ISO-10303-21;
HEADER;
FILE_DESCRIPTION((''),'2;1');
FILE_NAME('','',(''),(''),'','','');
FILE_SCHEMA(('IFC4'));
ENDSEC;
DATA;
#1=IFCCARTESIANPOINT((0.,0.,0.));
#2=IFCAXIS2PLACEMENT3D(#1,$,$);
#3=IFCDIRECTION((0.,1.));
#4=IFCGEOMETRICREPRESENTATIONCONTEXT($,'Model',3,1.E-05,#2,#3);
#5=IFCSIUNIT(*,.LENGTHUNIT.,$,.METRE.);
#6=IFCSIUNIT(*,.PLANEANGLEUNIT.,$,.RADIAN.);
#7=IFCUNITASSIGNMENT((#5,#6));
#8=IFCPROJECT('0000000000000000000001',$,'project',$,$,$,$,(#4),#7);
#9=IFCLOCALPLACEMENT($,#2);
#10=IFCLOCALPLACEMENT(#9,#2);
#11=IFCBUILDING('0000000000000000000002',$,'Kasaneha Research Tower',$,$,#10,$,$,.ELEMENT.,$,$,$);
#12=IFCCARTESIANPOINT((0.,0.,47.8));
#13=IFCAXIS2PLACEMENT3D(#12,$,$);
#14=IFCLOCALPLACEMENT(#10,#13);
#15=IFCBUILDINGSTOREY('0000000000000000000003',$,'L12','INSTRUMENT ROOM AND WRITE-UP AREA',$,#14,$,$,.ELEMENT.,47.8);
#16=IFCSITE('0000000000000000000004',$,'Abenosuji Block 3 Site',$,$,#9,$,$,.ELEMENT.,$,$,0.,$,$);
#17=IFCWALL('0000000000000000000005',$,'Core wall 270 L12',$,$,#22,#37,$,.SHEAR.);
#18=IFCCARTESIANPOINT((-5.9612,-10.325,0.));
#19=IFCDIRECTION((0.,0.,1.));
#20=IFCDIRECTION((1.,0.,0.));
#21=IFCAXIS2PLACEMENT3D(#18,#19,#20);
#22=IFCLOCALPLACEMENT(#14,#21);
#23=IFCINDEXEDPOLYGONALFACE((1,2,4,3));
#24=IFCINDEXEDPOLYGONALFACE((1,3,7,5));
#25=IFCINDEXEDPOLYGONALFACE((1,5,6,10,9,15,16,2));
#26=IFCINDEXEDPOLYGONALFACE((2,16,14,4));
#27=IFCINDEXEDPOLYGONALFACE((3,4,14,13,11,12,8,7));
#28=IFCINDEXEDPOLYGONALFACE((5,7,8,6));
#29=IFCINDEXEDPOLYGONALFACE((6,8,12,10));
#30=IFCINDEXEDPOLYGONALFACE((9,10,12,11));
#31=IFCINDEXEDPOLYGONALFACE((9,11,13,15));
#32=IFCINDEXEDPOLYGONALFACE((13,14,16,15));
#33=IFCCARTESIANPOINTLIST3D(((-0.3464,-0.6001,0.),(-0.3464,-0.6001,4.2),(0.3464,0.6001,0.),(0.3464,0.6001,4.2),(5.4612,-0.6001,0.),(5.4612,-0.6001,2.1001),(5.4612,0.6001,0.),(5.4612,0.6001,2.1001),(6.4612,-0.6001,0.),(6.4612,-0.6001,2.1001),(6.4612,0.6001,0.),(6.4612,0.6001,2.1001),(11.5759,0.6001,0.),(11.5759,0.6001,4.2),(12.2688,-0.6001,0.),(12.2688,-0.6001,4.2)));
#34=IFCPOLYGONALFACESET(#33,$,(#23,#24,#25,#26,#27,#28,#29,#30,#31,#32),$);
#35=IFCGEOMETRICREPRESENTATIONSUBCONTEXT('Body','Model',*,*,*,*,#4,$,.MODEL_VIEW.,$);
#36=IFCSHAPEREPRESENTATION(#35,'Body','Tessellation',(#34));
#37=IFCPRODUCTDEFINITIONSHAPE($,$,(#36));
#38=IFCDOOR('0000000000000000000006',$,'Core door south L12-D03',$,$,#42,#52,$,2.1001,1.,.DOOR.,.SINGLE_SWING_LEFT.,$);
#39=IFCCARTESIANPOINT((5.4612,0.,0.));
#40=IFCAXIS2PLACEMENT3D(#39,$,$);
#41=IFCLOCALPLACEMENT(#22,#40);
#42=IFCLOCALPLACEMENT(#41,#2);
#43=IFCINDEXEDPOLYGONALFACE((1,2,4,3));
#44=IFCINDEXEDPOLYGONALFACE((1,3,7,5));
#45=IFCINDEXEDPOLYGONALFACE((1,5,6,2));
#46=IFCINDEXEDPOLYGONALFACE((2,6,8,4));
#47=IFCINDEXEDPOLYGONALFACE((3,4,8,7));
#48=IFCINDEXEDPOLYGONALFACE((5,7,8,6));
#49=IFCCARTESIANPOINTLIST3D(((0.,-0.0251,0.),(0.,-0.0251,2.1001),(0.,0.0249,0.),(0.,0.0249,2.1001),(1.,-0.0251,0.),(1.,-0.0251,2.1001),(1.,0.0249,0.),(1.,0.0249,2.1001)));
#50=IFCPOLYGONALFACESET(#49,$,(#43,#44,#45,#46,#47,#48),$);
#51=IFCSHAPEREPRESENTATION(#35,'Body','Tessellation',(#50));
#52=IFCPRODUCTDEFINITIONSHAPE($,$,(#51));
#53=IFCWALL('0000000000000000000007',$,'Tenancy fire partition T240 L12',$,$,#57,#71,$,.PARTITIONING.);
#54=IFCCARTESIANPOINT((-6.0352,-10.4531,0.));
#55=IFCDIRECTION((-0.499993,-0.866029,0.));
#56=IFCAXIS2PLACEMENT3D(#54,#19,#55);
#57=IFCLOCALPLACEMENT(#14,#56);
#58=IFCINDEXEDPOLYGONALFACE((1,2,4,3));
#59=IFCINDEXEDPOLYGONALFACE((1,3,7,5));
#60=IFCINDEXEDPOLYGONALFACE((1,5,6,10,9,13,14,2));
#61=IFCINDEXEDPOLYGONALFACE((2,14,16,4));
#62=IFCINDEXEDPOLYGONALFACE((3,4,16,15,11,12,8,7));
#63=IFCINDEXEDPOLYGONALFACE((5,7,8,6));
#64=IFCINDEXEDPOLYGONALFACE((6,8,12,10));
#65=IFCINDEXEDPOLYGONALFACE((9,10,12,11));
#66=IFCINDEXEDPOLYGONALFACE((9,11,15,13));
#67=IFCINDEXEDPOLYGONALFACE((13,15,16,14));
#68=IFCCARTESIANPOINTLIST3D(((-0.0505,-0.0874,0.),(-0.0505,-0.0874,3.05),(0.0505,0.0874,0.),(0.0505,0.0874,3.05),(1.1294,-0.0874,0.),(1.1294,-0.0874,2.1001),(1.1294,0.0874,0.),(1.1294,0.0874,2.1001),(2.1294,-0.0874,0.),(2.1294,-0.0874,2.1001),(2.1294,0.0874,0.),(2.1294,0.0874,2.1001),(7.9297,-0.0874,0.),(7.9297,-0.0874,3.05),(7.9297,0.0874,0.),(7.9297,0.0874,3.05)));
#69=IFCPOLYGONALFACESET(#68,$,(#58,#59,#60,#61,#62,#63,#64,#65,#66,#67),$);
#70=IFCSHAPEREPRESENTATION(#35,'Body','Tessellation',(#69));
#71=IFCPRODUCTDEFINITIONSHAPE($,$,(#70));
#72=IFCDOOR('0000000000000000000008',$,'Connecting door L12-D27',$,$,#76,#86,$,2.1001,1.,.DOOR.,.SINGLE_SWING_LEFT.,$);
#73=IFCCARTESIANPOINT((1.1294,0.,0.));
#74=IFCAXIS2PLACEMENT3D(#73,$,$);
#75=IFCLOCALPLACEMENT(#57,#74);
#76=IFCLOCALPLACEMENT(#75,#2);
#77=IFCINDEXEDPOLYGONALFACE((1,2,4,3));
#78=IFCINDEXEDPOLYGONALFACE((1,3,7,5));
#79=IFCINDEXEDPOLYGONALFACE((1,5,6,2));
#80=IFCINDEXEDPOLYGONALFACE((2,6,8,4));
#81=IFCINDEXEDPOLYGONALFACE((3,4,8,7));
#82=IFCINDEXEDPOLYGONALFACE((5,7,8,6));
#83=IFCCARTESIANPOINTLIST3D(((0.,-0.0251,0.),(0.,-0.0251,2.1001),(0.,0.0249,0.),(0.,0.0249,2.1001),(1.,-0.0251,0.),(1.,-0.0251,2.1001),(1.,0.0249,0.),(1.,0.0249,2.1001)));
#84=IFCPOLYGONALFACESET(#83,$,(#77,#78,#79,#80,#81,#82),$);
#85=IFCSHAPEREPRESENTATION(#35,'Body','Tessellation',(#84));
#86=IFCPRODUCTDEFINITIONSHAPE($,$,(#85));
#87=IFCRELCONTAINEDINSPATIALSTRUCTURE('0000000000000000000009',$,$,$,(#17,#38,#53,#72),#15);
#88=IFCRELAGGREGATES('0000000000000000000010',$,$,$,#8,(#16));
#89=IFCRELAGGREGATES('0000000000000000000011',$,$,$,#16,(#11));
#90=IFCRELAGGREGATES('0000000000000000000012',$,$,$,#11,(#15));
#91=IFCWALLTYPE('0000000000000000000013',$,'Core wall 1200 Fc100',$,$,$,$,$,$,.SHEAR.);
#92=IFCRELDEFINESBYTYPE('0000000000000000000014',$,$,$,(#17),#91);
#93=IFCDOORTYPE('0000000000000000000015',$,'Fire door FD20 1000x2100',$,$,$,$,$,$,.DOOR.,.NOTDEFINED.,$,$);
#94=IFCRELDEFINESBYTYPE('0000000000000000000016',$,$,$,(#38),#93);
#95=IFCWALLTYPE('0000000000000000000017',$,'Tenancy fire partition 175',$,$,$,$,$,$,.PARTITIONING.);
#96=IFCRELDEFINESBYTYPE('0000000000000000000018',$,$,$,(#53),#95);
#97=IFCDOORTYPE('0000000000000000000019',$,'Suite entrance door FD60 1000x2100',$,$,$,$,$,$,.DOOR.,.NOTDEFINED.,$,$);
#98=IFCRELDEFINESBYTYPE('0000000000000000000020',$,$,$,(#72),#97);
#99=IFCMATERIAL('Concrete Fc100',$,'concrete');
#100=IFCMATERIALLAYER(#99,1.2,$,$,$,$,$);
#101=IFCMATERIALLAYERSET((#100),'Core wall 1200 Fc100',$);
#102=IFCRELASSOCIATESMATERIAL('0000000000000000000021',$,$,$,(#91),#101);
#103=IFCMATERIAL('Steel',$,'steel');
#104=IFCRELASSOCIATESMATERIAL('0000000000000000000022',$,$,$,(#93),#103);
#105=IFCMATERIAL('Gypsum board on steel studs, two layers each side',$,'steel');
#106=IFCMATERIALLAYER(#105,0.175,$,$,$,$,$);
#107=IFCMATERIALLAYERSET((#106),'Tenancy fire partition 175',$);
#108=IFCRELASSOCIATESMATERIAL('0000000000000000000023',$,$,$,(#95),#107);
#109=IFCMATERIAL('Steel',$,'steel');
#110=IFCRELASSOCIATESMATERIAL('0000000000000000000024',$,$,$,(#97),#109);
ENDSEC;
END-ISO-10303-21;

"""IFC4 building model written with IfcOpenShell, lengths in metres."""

from ifc_helpers import new_model, si_unit, direction, frame, frame_2d, origin, place, context, subcontext, project, spatial, polyline, rectangle, outline, extrude, material, layer, layer_set, type_object, element, fill, save


model = new_model("IFC4")

# Units and contexts
model_context = context("Model", 3, precision=1e-05, world=origin(), true_north=direction((0.0, 1.0)))
body_context = subcontext(model_context, "Body", "Model", "MODEL_VIEW")
ifc_project = project(units=[si_unit("LENGTHUNIT", "METRE"), si_unit("PLANEANGLEUNIT", "RADIAN")], contexts=[model_context])

# Site, building, storey
site_placement = place(None, origin())
site = spatial("IfcSite", under=ifc_project, at=site_placement, Name="Abenosuji Block 3 Site", CompositionType="ELEMENT", RefElevation=0.0)
building_placement = place(site_placement, origin())
building = spatial("IfcBuilding", under=site, at=building_placement, Name="Kasaneha Research Tower", CompositionType="ELEMENT")
storey_placement = place(building_placement, frame((0.0, 0.0, 47.8)))
storey = spatial("IfcBuildingStorey", under=building, at=storey_placement, Name="L12", Description="INSTRUMENT ROOM AND WRITE-UP AREA", CompositionType="ELEMENT", Elevation=47.8)

# Wall, opening, door
ifc_material_1 = material(Name="Concrete Fc100", Category="concrete")
ifc_layer_1 = layer(ifc_material_1, 1.2)
ifc_layer_set_1 = layer_set([ifc_layer_1], Name="Core wall 1200 Fc100")
wall_type_1 = type_object("IfcWallType", Name="Core wall 1200 Fc100", PredefinedType="SHEAR", material=ifc_layer_set_1)
wall_1_placement = place(storey_placement, frame((-5.9612, -10.325, 0.0), z_axis=(0.0, 0.0, 1.0), x_axis=(1.0, 0.0, 0.0)))
wall_1 = element("IfcWall", 1, at=wall_1_placement, inside=storey, type_object=wall_type_1, Name="Core wall 270 L12", PredefinedType="SHEAR", context=body_context, shape_type="SweptSolid", body=[
    extrude(outline(polyline([(-0.3464, -0.6001), (5.4612, -0.6001), (6.4612, -0.6001), (12.2688, -0.6001), (11.5759, 0.6001), (6.4612, 0.6001), (5.4612, 0.6001), (0.3464, 0.6001), (-0.3464, -0.6001)])), origin(), (0.0, 0.0, 1.0), 4.2),
])
opening_1_placement = place(wall_1_placement, frame((5.4612, 0.0, 0.0)))
opening_1 = element("IfcOpeningElement", 2, at=opening_1_placement, cuts=wall_1, PredefinedType="OPENING", context=body_context, shape_type="SweptSolid", body=[
    extrude(rectangle(XDim=1.0, YDim=2.1001, at=frame_2d((0.5, 1.05))), frame((0.0, 0.6099, 0.0), z_axis=(0.0, -1.0, 0.0), x_axis=(1.0, 0.0, 0.0)), (0.0, 0.0, 1.0), 1.22),
])
ifc_material_2 = material(Name="Steel", Category="steel")
door_type_1 = type_object("IfcDoorType", Name="Fire door FD20 1000x2100", OperationType="NOTDEFINED", PredefinedType="DOOR", material=ifc_material_2)
door_1_placement = place(opening_1_placement, origin())
door_1 = element("IfcDoor", 3, at=door_1_placement, inside=storey, type_object=door_type_1, Name="Core door south L12-D03", OperationType="SINGLE_SWING_LEFT", OverallHeight=2.1001, OverallWidth=1.0, PredefinedType="DOOR", context=body_context, shape_type="SweptSolid", body=[
    extrude(rectangle(XDim=1.0, YDim=2.1001, at=frame_2d((0.5, 1.05))), frame((0.0, 0.0249, 0.0), z_axis=(0.0, -1.0, 0.0), x_axis=(1.0, 0.0, 0.0)), (0.0, 0.0, 1.0), 0.05),
])
fill(opening_1, door_1)

# Wall, opening, door
ifc_material_3 = material(Name="Gypsum board on steel studs, two layers each side", Category="steel")
ifc_layer_2 = layer(ifc_material_3, 0.175)
ifc_layer_set_2 = layer_set([ifc_layer_2], Name="Tenancy fire partition 175")
wall_type_2 = type_object("IfcWallType", Name="Tenancy fire partition 175", PredefinedType="PARTITIONING", material=ifc_layer_set_2)
wall_2_placement = place(storey_placement, frame((-6.0352, -10.4531, 0.0), z_axis=(0.0, 0.0, 1.0), x_axis=(-0.499993, -0.866029, 0.0)))
wall_2 = element("IfcWall", 4, at=wall_2_placement, inside=storey, type_object=wall_type_2, Name="Tenancy fire partition T240 L12", PredefinedType="PARTITIONING", context=body_context, shape_type="SweptSolid", body=[
    extrude(outline(polyline([(-0.0505, -0.0874), (1.1294, -0.0874), (2.1294, -0.0874), (7.9297, -0.0874), (7.9297, 0.0874), (2.1294, 0.0874), (1.1294, 0.0874), (0.0505, 0.0874), (-0.0505, -0.0874)])), origin(), (0.0, 0.0, 1.0), 3.05),
])
opening_2_placement = place(wall_2_placement, frame((1.1294, 0.0, 0.0)))
opening_2 = element("IfcOpeningElement", 5, at=opening_2_placement, cuts=wall_2, PredefinedType="OPENING", context=body_context, shape_type="SweptSolid", body=[
    extrude(rectangle(XDim=1.0, YDim=2.1001, at=frame_2d((0.5, 1.05))), frame((0.0, 0.0977, 0.0), z_axis=(0.0, -1.0, 0.0), x_axis=(1.0, 0.0, 0.0)), (0.0, 0.0, 1.0), 0.1951),
])
ifc_material_4 = material(Name="Steel", Category="steel")
door_type_2 = type_object("IfcDoorType", Name="Suite entrance door FD60 1000x2100", OperationType="NOTDEFINED", PredefinedType="DOOR", material=ifc_material_4)
door_2_placement = place(opening_2_placement, origin())
door_2 = element("IfcDoor", 6, at=door_2_placement, inside=storey, type_object=door_type_2, Name="Connecting door L12-D27", OperationType="SINGLE_SWING_LEFT", OverallHeight=2.1001, OverallWidth=1.0, PredefinedType="DOOR", context=body_context, shape_type="SweptSolid", body=[
    extrude(rectangle(XDim=1.0, YDim=2.1001, at=frame_2d((0.5, 1.05))), frame((0.0, 0.0249, 0.0), z_axis=(0.0, -1.0, 0.0), x_axis=(1.0, 0.0, 0.0)), (0.0, 0.0, 1.0), 0.05),
])
fill(opening_2, door_2)

save(model, "model.ifc")
